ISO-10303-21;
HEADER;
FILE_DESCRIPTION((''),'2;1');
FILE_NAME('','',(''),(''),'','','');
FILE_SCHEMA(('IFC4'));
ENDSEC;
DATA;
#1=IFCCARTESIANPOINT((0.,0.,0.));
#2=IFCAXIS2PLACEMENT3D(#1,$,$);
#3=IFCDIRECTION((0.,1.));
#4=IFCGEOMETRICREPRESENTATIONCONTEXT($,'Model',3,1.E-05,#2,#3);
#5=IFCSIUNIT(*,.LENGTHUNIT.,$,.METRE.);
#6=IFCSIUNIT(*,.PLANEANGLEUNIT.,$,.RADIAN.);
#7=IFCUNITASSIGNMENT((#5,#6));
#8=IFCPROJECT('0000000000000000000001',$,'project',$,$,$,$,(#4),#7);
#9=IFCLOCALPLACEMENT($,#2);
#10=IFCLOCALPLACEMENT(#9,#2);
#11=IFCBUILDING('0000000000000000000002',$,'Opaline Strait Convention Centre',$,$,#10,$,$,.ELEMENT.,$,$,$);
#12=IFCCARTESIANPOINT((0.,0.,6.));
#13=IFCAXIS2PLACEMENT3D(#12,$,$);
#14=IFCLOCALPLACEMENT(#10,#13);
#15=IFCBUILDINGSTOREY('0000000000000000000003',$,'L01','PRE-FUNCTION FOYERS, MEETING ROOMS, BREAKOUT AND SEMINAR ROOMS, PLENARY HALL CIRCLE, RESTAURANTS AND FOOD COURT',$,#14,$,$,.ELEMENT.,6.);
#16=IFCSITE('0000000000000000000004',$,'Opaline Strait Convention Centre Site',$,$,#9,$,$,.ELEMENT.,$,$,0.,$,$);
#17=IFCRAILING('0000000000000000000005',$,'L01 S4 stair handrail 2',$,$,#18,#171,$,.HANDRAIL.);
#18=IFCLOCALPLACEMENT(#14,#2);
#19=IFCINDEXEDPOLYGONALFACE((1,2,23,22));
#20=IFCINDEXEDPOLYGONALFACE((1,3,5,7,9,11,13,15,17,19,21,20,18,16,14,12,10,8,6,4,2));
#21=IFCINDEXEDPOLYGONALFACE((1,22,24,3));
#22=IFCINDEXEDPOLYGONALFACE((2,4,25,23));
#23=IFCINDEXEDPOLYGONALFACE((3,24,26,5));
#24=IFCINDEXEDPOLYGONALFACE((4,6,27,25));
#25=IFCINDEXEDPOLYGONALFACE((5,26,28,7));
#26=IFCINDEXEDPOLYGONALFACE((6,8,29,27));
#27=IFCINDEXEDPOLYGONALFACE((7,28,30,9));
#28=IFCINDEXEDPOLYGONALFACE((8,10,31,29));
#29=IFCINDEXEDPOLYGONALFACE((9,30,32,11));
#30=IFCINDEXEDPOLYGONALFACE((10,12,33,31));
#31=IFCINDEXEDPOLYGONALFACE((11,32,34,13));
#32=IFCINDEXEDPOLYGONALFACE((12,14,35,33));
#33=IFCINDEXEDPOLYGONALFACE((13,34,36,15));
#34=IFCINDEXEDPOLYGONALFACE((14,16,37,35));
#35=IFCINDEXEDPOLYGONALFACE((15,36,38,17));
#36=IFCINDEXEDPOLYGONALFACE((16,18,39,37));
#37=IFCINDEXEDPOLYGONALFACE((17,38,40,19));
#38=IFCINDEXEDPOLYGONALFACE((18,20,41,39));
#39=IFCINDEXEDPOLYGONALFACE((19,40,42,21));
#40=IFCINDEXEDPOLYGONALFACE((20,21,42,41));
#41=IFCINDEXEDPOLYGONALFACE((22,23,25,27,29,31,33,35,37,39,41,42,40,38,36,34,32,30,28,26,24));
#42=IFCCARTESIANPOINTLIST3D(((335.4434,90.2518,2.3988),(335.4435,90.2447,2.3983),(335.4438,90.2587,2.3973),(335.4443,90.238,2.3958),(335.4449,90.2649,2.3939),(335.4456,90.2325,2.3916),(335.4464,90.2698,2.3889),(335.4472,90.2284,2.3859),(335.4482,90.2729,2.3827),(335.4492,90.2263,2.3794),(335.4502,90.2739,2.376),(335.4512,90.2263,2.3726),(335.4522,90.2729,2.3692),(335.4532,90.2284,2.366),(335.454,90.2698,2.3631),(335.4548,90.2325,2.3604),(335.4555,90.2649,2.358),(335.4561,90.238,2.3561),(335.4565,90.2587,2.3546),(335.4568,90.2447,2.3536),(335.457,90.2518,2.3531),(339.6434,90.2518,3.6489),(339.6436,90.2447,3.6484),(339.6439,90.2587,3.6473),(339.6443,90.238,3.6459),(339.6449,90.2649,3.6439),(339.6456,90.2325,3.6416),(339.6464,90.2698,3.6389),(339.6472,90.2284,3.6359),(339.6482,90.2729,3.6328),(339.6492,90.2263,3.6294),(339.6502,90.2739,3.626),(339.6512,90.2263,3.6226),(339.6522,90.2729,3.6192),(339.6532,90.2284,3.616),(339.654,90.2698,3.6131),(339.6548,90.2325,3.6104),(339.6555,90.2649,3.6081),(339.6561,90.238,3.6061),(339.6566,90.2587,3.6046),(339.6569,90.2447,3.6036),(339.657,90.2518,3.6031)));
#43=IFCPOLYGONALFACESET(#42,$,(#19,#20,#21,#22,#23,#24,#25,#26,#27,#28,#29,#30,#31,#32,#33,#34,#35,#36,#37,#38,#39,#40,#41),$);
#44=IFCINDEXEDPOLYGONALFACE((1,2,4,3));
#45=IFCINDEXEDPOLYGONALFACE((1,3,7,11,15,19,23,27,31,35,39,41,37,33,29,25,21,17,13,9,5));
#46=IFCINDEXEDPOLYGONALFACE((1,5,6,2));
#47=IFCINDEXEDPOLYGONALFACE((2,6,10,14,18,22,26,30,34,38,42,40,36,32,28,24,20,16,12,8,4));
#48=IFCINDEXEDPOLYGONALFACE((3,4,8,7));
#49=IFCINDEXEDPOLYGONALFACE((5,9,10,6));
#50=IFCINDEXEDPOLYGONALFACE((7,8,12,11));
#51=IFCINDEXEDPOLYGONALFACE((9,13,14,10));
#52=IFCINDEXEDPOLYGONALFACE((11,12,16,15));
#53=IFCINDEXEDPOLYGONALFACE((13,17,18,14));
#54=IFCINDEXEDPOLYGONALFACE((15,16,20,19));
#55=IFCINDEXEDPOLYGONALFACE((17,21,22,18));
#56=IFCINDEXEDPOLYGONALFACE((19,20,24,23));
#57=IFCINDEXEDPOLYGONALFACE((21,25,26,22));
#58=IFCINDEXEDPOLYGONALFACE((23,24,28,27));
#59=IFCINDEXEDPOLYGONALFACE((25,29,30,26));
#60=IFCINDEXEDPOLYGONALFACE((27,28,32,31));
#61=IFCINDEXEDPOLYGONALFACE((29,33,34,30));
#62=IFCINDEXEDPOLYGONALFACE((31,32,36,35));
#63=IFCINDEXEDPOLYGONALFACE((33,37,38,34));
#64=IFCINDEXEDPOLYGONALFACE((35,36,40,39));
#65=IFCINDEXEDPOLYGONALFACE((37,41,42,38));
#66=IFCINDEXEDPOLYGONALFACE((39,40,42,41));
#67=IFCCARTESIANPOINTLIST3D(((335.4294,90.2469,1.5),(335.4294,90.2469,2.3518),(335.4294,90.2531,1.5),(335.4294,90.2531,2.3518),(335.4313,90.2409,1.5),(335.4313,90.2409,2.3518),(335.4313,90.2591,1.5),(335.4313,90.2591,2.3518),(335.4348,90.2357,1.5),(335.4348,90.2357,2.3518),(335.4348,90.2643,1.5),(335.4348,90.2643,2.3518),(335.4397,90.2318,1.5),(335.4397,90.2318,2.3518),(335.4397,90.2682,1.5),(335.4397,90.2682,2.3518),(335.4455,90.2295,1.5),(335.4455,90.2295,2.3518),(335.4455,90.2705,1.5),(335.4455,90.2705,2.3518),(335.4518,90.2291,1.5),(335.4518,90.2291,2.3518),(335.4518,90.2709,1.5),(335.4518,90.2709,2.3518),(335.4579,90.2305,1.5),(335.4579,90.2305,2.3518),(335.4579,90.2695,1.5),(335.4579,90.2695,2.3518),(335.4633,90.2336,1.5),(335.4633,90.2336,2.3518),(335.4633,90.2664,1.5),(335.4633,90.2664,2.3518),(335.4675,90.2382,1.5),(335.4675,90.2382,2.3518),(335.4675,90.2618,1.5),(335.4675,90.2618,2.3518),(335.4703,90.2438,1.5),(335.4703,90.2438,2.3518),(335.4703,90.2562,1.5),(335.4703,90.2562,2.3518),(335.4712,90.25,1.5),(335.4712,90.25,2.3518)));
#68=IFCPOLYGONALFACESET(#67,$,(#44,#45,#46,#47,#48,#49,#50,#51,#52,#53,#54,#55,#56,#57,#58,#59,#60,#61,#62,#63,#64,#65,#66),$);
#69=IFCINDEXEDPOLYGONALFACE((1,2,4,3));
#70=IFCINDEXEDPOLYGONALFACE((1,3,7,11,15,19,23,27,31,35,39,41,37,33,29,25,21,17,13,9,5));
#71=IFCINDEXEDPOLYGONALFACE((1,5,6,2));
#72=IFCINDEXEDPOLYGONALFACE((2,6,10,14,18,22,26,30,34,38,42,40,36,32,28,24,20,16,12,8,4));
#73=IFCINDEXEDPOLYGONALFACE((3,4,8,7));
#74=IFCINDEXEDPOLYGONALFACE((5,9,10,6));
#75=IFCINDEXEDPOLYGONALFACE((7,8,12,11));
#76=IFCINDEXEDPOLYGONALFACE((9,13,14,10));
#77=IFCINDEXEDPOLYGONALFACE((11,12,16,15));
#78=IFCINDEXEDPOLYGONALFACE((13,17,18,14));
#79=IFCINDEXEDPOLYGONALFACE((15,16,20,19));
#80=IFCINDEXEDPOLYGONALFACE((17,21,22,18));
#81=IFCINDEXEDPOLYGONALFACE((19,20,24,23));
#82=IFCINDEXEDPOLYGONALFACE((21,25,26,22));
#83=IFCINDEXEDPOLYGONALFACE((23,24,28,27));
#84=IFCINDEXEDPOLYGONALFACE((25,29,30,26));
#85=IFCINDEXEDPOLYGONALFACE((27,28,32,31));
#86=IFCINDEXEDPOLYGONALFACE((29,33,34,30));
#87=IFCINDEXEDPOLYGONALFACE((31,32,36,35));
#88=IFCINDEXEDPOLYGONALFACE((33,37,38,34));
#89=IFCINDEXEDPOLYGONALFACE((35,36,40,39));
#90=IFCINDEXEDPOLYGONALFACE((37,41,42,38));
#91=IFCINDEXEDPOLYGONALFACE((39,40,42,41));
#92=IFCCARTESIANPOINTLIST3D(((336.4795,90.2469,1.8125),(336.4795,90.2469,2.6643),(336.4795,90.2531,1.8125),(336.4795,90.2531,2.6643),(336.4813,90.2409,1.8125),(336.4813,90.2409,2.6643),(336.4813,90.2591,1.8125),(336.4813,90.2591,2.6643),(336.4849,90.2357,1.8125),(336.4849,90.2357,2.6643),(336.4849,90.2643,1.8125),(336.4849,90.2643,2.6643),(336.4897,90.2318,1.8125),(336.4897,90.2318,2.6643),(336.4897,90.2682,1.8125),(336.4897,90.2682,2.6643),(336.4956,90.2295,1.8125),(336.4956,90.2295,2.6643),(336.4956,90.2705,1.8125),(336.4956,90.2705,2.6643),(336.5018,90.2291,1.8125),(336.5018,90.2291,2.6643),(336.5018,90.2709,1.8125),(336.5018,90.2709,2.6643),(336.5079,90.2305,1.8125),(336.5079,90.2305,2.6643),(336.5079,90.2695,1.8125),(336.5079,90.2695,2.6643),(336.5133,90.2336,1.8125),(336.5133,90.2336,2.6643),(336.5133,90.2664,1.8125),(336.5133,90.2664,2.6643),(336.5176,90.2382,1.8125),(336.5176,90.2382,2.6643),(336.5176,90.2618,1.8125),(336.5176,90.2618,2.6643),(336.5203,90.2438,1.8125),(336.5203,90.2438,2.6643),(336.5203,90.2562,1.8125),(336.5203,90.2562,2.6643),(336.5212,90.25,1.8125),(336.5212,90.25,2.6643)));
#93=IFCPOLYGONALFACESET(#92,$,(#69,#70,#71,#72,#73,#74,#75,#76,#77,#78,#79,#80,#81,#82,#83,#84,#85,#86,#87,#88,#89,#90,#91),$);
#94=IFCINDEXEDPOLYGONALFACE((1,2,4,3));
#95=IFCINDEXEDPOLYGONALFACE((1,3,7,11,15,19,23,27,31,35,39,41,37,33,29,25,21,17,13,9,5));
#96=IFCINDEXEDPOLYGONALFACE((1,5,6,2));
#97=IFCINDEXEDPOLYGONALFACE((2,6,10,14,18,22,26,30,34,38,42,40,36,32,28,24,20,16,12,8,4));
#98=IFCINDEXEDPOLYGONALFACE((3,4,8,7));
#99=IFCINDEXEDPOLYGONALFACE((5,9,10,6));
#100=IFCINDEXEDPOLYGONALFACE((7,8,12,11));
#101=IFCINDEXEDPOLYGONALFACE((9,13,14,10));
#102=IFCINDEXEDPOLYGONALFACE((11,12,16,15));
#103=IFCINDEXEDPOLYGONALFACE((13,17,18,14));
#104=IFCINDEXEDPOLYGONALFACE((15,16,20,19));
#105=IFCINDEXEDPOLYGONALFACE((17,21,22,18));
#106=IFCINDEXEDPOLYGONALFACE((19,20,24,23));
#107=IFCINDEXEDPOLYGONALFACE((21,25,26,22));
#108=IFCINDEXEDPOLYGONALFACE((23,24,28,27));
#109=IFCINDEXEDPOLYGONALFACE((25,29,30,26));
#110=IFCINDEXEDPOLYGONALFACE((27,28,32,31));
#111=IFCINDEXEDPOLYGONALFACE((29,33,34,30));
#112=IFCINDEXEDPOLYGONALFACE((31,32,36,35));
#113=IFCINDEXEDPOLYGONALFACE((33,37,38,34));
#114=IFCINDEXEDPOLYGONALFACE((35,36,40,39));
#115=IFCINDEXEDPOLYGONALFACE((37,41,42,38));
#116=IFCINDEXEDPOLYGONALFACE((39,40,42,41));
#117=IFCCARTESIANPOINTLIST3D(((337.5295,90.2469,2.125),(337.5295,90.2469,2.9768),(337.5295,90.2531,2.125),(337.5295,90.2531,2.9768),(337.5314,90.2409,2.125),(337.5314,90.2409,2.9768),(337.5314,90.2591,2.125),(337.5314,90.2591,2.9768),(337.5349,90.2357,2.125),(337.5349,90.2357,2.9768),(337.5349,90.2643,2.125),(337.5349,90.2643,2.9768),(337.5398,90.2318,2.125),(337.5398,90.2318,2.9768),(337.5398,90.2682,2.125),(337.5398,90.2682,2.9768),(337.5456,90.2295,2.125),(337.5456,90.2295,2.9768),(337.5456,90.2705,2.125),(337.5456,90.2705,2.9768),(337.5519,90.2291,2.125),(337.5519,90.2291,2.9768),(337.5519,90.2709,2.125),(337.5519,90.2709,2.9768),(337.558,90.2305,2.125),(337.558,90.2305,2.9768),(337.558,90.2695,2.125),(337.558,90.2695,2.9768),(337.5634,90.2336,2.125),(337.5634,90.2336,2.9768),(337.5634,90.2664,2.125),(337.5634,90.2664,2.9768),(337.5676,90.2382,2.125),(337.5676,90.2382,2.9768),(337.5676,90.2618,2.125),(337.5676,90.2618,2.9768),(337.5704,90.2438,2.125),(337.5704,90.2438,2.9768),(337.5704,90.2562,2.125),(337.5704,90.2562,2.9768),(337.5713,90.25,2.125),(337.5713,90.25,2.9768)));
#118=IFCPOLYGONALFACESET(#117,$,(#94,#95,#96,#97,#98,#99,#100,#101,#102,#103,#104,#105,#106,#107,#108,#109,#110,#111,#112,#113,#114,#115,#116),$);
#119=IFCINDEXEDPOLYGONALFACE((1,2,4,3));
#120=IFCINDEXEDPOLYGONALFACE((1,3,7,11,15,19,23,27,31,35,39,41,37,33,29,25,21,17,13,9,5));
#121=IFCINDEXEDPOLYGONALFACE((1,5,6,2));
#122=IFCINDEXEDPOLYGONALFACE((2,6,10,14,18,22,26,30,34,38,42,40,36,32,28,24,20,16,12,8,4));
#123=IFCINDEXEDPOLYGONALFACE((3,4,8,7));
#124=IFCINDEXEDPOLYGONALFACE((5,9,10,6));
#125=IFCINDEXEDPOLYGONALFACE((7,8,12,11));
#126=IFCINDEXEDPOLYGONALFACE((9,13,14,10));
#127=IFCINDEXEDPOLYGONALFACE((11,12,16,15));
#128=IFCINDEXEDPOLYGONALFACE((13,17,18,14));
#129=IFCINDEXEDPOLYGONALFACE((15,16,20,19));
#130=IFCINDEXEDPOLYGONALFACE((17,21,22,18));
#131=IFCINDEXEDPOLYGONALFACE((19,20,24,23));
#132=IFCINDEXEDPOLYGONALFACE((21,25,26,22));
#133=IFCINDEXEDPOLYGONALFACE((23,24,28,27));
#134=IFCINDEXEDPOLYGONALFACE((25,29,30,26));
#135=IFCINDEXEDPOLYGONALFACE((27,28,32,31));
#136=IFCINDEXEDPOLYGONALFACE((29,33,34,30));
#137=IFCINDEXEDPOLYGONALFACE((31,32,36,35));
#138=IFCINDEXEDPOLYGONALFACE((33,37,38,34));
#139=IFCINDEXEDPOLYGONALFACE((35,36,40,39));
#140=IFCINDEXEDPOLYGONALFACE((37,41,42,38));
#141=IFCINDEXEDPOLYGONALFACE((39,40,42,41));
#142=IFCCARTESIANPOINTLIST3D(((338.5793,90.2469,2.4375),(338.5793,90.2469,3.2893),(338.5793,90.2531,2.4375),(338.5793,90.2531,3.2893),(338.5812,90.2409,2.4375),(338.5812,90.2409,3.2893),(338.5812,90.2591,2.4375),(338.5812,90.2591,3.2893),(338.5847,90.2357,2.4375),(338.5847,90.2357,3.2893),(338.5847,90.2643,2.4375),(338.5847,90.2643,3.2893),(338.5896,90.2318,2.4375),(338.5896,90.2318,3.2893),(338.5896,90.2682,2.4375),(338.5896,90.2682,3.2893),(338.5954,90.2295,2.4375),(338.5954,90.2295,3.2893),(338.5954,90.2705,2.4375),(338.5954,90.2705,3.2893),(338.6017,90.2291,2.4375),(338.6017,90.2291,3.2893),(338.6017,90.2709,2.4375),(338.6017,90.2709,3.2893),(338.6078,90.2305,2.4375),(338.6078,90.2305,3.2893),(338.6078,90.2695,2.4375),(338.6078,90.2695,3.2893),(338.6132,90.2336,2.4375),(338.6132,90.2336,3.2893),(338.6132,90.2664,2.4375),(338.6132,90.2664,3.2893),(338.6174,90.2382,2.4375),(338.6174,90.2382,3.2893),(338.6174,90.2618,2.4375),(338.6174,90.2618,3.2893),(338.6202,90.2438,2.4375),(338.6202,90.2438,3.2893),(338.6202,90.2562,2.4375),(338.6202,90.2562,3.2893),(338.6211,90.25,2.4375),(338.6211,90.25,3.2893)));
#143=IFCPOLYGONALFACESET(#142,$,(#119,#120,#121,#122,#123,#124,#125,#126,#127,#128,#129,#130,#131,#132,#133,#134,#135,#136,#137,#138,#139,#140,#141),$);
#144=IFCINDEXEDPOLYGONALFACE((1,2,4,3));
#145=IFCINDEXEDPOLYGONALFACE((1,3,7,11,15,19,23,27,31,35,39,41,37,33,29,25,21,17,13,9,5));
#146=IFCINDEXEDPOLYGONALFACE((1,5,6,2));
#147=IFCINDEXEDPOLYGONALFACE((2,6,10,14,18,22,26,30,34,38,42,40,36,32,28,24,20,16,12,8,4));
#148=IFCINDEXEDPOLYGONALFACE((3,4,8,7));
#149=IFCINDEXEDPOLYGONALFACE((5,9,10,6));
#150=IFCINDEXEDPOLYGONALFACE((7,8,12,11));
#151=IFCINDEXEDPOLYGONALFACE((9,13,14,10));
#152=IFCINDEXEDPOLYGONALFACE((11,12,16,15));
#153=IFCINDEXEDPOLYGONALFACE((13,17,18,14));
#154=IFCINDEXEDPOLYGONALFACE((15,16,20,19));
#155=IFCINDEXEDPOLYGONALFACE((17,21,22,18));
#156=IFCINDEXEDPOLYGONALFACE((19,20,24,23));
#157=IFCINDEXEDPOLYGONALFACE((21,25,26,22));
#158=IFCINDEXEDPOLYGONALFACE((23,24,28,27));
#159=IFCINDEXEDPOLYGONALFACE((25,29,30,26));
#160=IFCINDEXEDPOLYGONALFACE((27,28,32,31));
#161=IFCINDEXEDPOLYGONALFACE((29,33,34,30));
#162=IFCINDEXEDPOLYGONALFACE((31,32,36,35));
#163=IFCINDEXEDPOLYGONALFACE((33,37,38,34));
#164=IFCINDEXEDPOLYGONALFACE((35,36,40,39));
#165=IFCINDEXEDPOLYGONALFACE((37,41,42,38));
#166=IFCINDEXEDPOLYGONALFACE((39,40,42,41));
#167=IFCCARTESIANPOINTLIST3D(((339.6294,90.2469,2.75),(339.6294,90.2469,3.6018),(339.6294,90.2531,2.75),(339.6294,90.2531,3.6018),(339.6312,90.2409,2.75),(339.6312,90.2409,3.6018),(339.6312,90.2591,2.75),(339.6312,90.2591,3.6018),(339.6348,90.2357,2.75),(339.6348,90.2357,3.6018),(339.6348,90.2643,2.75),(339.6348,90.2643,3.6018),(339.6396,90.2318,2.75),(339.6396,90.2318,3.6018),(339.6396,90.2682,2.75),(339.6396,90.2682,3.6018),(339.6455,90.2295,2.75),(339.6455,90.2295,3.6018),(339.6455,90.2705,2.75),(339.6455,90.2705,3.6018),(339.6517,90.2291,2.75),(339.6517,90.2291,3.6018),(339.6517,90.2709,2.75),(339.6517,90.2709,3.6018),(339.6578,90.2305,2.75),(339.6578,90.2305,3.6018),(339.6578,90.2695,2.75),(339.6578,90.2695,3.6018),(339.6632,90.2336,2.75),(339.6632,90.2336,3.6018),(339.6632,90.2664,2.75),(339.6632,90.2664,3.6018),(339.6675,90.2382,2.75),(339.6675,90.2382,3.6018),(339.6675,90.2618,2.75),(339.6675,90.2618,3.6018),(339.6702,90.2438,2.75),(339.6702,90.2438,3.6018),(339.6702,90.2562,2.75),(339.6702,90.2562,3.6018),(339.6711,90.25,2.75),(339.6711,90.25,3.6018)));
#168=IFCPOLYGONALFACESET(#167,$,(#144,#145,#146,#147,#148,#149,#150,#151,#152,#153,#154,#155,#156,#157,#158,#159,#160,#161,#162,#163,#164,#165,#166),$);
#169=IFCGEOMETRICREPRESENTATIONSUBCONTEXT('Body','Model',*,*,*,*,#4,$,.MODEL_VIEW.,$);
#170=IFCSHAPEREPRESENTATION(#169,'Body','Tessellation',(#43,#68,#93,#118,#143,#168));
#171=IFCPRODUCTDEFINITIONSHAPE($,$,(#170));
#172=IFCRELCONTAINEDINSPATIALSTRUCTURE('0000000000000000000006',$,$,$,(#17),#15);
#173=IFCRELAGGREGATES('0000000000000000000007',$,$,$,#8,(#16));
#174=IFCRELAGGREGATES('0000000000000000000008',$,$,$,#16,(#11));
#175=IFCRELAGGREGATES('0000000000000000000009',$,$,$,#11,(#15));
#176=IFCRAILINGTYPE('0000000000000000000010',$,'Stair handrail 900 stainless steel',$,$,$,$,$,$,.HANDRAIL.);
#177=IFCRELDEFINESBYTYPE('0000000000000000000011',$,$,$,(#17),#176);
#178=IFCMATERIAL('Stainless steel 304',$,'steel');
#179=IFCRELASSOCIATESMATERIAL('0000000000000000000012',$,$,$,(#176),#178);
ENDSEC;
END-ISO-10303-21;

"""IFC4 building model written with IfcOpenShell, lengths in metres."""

from ifc_helpers import new_model, si_unit, direction, frame, origin, origin_2d, place, context, subcontext, project, spatial, circle, extrude, material, type_object, element, save


model = new_model("IFC4")

# Units and contexts
model_context = context("Model", 3, precision=1e-05, world=origin(), true_north=direction((0.0, 1.0)))
body_context = subcontext(model_context, "Body", "Model", "MODEL_VIEW")
ifc_project = project(units=[si_unit("LENGTHUNIT", "METRE"), si_unit("PLANEANGLEUNIT", "RADIAN")], contexts=[model_context])

# Site, building, storey
site_placement = place(None, origin())
site = spatial("IfcSite", under=ifc_project, at=site_placement, Name="Opaline Strait Convention Centre Site", CompositionType="ELEMENT", RefElevation=0.0)
building_placement = place(site_placement, origin())
building = spatial("IfcBuilding", under=site, at=building_placement, Name="Opaline Strait Convention Centre", CompositionType="ELEMENT")
storey_placement = place(building_placement, frame((0.0, 0.0, 6.0)))
storey = spatial("IfcBuildingStorey", under=building, at=storey_placement, Name="L01", Description="PRE-FUNCTION FOYERS, MEETING ROOMS, BREAKOUT AND SEMINAR ROOMS, PLENARY HALL CIRCLE, RESTAURANTS AND FOOD COURT", CompositionType="ELEMENT", Elevation=6.0)

# Railing
ifc_material_1 = material(Name="Stainless steel 304", Category="steel")
railing_type_1 = type_object("IfcRailingType", Name="Stair handrail 900 stainless steel", PredefinedType="HANDRAIL", material=ifc_material_1)
for number, where, name in (
    (1, (335.4502, 90.25, 1.5), "L01 S4 stair handrail 2"),
):
    element("IfcRailing", number, at=place(storey_placement, frame(where)), inside=storey, type_object=railing_type_1, Name=name, PredefinedType="HANDRAIL", context=body_context, shape_type="SweptSolid", body=[
        extrude(circle(Radius=0.0239, at=origin_2d()), frame((0.0, 0.0, 0.876), z_axis=(0.958451, 0.0, 0.285257), x_axis=(0.0, 1.0, 0.0)), (0.0, 0.0, 1.0), 4.3821),
        extrude(circle(Radius=0.021, at=origin_2d()), origin(), (0.0, 0.0, 1.0), 0.8518),
        extrude(circle(Radius=0.021, at=origin_2d()), frame((1.05, 0.0, 0.3125)), (0.0, 0.0, 1.0), 0.8518),
        extrude(circle(Radius=0.021, at=origin_2d()), frame((2.1001, 0.0, 0.625)), (0.0, 0.0, 1.0), 0.8518),
        extrude(circle(Radius=0.021, at=origin_2d()), frame((3.1499, 0.0, 0.9375)), (0.0, 0.0, 1.0), 0.8518),
        extrude(circle(Radius=0.021, at=origin_2d()), frame((4.2, 0.0, 1.25)), (0.0, 0.0, 1.0), 0.8518),
    ])

save(model, "model.ifc")
